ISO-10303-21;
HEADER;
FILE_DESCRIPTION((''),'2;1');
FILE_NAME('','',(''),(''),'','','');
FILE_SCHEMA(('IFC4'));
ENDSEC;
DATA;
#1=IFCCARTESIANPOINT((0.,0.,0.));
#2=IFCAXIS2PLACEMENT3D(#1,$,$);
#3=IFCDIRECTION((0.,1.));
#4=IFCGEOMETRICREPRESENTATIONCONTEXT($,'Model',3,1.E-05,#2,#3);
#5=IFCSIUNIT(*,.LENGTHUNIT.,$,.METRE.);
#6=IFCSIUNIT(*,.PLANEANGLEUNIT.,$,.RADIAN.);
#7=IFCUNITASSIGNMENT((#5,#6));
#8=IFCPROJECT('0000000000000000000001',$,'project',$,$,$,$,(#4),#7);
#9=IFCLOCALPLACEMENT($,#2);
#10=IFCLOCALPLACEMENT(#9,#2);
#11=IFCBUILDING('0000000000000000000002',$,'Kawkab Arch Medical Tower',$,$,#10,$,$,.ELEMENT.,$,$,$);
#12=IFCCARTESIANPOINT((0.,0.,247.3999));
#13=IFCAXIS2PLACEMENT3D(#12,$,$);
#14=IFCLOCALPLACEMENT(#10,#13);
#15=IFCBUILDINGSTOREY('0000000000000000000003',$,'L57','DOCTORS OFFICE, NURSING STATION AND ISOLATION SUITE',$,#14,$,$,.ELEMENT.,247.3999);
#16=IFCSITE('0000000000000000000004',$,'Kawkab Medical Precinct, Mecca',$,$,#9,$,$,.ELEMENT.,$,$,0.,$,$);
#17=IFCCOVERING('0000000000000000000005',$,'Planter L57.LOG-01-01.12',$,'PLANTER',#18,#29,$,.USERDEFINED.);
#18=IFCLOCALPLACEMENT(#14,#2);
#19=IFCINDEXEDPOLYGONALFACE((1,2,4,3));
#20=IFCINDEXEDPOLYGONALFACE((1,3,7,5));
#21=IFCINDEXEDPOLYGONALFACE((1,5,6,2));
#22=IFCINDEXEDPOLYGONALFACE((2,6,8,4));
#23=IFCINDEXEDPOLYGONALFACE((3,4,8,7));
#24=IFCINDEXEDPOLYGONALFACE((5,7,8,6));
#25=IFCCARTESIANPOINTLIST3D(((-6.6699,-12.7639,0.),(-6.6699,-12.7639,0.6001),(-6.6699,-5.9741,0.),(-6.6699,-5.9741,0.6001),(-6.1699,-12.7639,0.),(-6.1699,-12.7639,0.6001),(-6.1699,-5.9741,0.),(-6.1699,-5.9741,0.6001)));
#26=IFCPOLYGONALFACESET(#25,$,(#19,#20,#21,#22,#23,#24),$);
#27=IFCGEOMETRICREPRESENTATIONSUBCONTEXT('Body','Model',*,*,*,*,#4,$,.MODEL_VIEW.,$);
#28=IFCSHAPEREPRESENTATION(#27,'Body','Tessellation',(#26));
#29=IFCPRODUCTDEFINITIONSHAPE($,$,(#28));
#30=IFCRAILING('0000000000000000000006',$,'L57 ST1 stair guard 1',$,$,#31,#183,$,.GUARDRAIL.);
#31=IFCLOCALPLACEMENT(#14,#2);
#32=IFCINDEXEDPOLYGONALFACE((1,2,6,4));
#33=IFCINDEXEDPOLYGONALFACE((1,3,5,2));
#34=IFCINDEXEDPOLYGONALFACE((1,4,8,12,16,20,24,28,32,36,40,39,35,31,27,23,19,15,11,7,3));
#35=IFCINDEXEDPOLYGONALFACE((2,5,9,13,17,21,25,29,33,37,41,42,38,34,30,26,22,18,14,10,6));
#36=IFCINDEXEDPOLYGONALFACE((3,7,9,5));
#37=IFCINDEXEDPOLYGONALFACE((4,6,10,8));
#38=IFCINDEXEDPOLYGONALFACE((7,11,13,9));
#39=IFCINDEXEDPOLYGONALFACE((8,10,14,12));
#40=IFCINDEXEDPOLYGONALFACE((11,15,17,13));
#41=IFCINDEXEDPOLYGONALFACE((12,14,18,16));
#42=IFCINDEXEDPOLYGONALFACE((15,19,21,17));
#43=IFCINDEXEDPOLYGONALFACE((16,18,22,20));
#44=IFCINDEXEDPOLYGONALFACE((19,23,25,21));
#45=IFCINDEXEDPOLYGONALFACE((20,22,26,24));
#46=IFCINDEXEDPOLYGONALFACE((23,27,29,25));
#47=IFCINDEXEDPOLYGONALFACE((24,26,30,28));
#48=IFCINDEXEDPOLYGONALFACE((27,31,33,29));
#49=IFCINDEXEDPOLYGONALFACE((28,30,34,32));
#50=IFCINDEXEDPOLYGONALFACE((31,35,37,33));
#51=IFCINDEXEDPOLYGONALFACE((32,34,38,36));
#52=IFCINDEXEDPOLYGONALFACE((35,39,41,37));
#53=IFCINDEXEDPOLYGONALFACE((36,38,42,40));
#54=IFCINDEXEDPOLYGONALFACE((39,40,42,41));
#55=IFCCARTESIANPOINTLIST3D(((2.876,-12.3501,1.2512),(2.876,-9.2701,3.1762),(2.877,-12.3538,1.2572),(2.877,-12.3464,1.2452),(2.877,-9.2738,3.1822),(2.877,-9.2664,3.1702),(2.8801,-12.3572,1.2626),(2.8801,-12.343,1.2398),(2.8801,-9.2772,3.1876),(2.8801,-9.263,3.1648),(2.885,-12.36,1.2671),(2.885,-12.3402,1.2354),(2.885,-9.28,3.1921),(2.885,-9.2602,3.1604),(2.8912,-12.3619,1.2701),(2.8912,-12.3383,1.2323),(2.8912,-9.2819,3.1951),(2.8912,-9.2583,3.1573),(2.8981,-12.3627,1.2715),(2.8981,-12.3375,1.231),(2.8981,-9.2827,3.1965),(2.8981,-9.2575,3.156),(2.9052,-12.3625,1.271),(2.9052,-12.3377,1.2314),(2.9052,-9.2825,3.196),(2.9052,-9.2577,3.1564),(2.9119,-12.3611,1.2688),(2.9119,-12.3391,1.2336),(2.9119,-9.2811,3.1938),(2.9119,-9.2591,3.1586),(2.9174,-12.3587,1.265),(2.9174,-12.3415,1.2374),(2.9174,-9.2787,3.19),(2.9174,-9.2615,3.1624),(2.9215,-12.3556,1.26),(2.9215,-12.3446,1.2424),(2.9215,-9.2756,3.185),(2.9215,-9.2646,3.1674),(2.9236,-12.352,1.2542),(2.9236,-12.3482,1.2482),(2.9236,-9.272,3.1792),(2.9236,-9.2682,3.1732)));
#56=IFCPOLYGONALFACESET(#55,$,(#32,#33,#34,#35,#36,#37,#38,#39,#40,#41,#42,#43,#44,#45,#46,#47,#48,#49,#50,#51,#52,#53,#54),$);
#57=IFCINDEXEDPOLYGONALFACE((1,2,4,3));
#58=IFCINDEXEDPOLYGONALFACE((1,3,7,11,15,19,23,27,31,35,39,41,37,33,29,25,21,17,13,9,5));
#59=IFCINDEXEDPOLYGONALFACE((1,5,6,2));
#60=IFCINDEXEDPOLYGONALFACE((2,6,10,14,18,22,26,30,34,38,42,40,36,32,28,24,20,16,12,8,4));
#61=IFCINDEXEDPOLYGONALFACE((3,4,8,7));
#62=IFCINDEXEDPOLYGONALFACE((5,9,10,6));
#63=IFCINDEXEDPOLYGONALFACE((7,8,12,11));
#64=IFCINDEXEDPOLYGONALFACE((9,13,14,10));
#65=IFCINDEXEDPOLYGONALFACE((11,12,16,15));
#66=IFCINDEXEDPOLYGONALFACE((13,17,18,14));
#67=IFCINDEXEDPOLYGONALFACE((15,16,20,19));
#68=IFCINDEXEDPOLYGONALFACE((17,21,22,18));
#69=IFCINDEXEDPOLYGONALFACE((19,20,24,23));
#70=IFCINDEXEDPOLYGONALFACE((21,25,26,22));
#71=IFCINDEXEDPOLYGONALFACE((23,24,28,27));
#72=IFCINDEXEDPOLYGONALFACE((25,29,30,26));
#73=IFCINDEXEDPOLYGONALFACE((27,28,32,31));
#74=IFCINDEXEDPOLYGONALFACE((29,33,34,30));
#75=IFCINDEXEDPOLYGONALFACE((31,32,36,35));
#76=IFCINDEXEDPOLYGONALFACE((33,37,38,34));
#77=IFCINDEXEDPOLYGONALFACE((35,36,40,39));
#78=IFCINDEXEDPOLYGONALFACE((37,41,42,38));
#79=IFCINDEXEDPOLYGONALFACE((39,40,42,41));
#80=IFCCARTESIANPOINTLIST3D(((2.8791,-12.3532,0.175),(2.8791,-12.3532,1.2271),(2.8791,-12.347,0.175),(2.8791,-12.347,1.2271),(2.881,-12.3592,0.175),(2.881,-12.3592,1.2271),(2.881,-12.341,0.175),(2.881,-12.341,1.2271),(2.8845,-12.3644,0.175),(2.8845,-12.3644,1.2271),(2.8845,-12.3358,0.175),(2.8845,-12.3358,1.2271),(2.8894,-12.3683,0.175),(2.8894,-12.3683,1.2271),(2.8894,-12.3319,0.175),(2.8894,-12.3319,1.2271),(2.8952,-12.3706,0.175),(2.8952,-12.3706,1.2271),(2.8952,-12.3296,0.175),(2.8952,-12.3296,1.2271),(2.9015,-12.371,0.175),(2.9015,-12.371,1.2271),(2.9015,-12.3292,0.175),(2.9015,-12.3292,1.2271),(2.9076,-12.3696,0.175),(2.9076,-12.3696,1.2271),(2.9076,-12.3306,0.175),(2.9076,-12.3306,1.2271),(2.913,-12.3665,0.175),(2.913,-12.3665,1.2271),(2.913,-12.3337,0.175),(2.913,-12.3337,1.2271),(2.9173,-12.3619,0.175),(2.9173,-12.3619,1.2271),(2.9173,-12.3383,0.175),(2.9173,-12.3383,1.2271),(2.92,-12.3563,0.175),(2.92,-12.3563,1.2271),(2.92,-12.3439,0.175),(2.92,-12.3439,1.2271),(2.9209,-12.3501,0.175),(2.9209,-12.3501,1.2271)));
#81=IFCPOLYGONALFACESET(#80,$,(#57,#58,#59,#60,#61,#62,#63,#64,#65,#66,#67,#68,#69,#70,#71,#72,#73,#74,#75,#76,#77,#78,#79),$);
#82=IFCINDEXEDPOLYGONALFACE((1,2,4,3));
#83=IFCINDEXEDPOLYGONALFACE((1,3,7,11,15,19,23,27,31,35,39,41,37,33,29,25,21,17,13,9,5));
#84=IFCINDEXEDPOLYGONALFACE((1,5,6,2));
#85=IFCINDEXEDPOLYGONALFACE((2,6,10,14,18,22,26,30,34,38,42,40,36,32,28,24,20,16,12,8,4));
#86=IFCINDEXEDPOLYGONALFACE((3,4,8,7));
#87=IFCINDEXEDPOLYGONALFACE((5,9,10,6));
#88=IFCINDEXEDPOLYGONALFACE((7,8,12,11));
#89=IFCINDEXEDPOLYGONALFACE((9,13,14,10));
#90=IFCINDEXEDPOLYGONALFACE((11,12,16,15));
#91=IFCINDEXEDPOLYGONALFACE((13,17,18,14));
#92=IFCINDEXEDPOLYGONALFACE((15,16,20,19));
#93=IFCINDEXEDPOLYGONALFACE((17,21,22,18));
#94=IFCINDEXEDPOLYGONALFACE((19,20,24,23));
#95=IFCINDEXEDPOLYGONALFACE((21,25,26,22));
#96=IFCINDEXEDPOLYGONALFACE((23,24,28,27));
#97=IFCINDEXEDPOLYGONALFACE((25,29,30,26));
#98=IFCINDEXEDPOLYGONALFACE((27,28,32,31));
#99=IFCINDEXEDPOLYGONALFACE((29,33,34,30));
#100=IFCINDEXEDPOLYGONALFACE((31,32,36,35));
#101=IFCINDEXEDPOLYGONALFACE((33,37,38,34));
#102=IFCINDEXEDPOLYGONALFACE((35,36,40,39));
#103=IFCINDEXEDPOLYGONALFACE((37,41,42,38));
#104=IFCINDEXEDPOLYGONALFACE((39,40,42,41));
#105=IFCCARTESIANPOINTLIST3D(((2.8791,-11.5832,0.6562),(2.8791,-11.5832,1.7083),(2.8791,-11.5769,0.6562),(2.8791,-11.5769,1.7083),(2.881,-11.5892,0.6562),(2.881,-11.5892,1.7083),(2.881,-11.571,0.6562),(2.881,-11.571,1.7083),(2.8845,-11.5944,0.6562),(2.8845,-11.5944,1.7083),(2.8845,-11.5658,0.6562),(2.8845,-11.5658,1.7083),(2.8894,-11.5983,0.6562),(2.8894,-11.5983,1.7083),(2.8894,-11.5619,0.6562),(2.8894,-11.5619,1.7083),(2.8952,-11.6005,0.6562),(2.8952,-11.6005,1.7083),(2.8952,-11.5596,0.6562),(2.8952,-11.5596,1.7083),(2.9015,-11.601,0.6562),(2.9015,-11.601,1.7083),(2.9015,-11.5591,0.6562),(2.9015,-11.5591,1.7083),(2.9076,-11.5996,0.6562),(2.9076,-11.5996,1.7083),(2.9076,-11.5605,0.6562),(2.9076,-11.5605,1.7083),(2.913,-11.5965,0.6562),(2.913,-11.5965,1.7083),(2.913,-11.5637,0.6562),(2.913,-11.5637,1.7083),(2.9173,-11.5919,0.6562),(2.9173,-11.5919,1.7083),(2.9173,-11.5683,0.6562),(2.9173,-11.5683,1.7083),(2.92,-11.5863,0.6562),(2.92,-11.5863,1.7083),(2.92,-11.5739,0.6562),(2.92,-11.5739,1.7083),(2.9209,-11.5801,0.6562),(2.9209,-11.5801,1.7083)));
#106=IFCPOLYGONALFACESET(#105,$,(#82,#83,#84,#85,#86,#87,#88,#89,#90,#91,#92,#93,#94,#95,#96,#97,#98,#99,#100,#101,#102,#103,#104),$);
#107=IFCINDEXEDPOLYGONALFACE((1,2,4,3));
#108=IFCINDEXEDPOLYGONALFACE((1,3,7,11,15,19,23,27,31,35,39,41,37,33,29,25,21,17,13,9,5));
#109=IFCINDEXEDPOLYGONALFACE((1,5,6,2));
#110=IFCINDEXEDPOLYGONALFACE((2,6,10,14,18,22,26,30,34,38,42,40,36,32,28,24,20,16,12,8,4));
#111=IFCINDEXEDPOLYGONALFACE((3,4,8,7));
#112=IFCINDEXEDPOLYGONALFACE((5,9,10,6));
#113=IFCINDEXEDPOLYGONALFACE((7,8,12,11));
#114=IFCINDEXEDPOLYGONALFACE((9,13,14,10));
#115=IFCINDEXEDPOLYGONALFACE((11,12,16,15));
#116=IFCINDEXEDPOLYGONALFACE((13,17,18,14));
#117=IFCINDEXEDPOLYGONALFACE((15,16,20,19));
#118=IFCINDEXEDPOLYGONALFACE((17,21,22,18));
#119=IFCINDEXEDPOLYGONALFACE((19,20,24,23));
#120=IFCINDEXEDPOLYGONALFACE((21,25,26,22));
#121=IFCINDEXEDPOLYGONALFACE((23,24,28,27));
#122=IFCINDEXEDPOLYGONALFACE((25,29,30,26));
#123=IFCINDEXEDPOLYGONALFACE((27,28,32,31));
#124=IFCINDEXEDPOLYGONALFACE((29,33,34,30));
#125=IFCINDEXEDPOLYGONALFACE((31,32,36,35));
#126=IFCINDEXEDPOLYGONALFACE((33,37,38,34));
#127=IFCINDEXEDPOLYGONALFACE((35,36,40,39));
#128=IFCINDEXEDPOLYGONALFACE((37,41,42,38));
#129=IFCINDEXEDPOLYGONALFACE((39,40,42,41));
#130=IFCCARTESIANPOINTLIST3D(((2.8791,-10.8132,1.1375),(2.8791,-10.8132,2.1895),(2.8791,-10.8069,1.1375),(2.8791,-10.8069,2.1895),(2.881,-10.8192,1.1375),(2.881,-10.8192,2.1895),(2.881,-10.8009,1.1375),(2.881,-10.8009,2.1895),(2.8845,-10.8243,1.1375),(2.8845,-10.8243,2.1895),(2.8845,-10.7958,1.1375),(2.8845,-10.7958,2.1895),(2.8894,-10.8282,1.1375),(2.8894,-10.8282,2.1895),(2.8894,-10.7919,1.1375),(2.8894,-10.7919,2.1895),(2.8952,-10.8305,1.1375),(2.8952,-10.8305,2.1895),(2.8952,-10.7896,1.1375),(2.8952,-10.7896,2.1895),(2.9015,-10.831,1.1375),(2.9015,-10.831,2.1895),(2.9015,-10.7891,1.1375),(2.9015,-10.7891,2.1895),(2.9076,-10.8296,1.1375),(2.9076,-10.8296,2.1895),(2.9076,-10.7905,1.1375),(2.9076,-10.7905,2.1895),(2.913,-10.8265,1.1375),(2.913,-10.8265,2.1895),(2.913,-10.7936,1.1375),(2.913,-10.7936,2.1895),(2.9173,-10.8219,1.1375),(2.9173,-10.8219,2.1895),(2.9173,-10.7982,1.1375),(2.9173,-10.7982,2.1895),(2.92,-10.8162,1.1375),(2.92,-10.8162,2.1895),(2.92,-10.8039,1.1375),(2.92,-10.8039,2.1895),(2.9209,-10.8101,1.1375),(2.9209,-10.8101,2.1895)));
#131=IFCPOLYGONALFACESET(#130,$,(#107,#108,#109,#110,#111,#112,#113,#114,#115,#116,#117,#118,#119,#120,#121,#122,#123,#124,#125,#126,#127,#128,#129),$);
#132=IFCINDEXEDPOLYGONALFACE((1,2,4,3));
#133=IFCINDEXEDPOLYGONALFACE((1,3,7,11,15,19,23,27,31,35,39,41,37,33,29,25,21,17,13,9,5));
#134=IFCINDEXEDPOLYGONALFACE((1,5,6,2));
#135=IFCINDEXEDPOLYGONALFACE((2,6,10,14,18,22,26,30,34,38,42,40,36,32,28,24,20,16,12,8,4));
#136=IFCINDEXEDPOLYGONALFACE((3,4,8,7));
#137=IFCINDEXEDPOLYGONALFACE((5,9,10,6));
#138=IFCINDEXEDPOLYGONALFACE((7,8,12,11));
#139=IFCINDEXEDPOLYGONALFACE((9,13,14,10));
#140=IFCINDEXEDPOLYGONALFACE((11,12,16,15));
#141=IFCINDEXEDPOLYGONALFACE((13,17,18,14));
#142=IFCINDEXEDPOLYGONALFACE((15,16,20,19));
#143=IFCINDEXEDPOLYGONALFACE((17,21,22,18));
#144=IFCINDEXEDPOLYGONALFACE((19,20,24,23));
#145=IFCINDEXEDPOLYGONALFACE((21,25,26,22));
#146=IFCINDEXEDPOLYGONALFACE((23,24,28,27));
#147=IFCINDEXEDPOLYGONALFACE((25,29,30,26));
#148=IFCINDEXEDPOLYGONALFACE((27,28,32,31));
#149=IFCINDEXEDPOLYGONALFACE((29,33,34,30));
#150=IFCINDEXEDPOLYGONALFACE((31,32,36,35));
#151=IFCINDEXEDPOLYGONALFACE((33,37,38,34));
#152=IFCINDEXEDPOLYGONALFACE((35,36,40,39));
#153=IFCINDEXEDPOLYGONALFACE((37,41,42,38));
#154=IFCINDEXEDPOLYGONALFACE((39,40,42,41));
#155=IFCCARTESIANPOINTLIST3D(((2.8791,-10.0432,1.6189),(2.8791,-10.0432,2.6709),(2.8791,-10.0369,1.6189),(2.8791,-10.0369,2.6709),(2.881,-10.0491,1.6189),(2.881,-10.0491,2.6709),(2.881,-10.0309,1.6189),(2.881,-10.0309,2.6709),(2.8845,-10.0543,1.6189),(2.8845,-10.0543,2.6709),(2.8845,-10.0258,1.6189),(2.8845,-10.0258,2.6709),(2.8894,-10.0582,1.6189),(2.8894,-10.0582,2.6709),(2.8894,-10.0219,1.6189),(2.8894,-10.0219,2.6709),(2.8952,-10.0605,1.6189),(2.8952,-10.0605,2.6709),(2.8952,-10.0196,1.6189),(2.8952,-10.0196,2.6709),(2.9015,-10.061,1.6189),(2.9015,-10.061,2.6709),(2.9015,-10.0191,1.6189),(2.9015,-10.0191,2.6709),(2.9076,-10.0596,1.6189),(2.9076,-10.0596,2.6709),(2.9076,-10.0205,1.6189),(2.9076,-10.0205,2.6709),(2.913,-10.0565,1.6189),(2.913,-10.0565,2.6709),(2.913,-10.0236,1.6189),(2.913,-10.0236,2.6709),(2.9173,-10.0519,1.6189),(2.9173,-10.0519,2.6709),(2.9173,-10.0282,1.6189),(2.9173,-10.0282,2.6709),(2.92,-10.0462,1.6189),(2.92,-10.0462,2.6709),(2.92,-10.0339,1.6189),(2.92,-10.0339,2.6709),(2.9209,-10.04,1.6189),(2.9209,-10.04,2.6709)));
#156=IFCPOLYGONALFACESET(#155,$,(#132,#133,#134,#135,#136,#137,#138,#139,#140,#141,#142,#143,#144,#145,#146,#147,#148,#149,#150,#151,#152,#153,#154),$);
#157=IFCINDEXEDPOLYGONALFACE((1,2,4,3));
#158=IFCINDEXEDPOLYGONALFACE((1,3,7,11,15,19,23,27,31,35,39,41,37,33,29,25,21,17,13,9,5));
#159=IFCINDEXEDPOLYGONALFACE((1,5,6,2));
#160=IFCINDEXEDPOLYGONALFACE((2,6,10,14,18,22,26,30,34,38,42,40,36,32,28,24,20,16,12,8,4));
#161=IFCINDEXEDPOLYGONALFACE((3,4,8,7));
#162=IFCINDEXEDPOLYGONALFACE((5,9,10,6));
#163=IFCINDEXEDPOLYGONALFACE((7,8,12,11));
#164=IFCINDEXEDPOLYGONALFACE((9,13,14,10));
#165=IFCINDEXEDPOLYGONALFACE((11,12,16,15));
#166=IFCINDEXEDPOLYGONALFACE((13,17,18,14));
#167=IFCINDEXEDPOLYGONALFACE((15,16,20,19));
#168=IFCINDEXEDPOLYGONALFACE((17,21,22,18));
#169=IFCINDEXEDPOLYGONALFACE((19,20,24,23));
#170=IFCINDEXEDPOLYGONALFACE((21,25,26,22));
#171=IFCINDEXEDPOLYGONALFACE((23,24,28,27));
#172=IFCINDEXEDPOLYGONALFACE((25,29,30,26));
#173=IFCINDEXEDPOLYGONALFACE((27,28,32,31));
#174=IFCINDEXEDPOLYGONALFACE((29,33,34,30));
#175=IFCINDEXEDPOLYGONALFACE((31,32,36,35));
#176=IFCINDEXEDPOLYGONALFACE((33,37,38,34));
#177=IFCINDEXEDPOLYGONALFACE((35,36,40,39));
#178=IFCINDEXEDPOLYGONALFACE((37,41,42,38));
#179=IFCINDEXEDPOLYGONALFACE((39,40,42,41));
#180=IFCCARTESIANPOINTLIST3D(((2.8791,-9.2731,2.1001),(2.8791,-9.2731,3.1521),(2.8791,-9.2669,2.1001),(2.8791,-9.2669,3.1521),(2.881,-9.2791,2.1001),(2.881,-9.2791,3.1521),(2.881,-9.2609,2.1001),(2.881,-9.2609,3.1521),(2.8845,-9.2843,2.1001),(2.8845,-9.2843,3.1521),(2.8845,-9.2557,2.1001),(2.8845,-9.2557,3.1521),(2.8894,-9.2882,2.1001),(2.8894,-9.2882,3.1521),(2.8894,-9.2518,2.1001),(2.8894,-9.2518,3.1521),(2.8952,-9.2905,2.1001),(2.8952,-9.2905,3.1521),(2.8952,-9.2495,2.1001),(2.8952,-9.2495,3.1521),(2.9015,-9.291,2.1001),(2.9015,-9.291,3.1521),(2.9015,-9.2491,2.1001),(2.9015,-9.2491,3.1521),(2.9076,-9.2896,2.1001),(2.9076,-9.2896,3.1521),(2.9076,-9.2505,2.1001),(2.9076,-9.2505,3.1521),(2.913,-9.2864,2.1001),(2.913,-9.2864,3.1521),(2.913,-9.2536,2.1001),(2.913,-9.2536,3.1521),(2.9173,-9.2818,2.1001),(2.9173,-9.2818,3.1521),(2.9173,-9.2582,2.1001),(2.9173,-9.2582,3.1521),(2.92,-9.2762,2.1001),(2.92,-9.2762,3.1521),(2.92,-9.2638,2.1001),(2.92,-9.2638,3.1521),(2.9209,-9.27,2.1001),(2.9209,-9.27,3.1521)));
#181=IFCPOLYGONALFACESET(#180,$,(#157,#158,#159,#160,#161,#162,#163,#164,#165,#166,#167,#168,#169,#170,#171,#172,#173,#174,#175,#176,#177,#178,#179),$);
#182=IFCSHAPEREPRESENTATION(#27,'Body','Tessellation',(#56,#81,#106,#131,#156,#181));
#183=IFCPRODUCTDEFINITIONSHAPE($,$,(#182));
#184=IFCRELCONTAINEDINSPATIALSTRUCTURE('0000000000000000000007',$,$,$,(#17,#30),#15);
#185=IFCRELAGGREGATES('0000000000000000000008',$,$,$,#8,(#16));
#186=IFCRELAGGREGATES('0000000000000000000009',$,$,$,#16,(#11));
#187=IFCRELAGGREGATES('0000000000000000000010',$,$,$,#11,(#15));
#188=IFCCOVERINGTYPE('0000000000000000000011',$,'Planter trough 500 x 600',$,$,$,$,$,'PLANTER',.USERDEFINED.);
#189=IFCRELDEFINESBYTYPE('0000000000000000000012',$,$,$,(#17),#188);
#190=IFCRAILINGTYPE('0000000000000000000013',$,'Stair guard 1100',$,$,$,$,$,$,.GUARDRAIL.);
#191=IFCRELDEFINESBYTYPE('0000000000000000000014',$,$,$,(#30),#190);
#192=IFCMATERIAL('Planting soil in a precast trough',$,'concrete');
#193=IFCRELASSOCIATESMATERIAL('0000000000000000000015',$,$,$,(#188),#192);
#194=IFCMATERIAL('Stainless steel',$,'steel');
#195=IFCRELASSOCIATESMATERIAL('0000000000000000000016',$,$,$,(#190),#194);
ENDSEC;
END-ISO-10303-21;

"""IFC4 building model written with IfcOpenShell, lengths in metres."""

from ifc_helpers import new_model, si_unit, direction, frame, origin, origin_2d, place, context, subcontext, project, spatial, rectangle, circle, extrude, material, material_profile, profile_set, type_object, element, save


model = new_model("IFC4")

# Units and contexts
model_context = context("Model", 3, precision=1e-05, world=origin(), true_north=direction((0.0, 1.0)))
body_context = subcontext(model_context, "Body", "Model", "MODEL_VIEW")
ifc_project = project(units=[si_unit("LENGTHUNIT", "METRE"), si_unit("PLANEANGLEUNIT", "RADIAN")], contexts=[model_context])

# Site, building, storey
site_placement = place(None, origin())
site = spatial("IfcSite", under=ifc_project, at=site_placement, Name="Kawkab Medical Precinct, Mecca", CompositionType="ELEMENT", RefElevation=0.0)
building_placement = place(site_placement, origin())
building = spatial("IfcBuilding", under=site, at=building_placement, Name="Kawkab Arch Medical Tower", CompositionType="ELEMENT")
storey_placement = place(building_placement, frame((0.0, 0.0, 247.3999)))
storey = spatial("IfcBuildingStorey", under=building, at=storey_placement, Name="L57", Description="DOCTORS OFFICE, NURSING STATION AND ISOLATION SUITE", CompositionType="ELEMENT", Elevation=247.3999)

# Covering
ifc_material_1 = material(Name="Planting soil in a precast trough", Category="concrete")
ifc_material_profile_1 = material_profile(ifc_material_1, rectangle(XDim=0.5, YDim=0.6001, at=origin_2d()), Name="Trough 500x600")
ifc_profile_set_1 = profile_set([ifc_material_profile_1], Name="Planting soil in a precast trough")
covering_type_1 = type_object("IfcCoveringType", Name="Planter trough 500 x 600", ElementType="PLANTER", PredefinedType="USERDEFINED", material=ifc_profile_set_1)
covering_1_placement = place(storey_placement, frame((-6.4199, -12.7639, 0.3), z_axis=(0.0, 1.0, 0.0), x_axis=(-1.0, 0.0, 0.0)))
element("IfcCovering", 1, at=covering_1_placement, inside=storey, type_object=covering_type_1, Name="Planter L57.LOG-01-01.12", ObjectType="PLANTER", PredefinedType="USERDEFINED", context=body_context, shape_type="SweptSolid", body=[
    extrude(rectangle(XDim=0.5, YDim=0.6001, at=origin_2d()), origin(), (0.0, 0.0, 1.0), 6.7898),
])

# Railing
ifc_material_2 = material(Name="Stainless steel", Category="steel")
railing_type_1 = type_object("IfcRailingType", Name="Stair guard 1100", PredefinedType="GUARDRAIL", material=ifc_material_2)
railing_1_placement = place(storey_placement, frame((2.8999, -12.3501, 0.175)))
element("IfcRailing", 2, at=railing_1_placement, inside=storey, type_object=railing_type_1, Name="L57 ST1 stair guard 1", PredefinedType="GUARDRAIL", context=body_context, shape_type="SweptSolid", body=[
    extrude(circle(Radius=0.0239, at=origin_2d()), frame((0.0, 0.0, 1.0762), z_axis=(0.0, 0.847998, 0.529999), x_axis=(-1.0, 0.0, 0.0)), (0.0, 0.0, 1.0), 3.6321),
    extrude(circle(Radius=0.021, at=origin_2d()), origin(), (0.0, 0.0, 1.0), 1.052),
    extrude(circle(Radius=0.021, at=origin_2d()), frame((0.0, 0.77, 0.4812)), (0.0, 0.0, 1.0), 1.052),
    extrude(circle(Radius=0.021, at=origin_2d()), frame((0.0, 1.54, 0.9624)), (0.0, 0.0, 1.0), 1.052),
    extrude(circle(Radius=0.021, at=origin_2d()), frame((0.0, 2.3101, 1.4438)), (0.0, 0.0, 1.0), 1.052),
    extrude(circle(Radius=0.021, at=origin_2d()), frame((0.0, 3.0801, 1.925)), (0.0, 0.0, 1.0), 1.052),
])

save(model, "model.ifc")
